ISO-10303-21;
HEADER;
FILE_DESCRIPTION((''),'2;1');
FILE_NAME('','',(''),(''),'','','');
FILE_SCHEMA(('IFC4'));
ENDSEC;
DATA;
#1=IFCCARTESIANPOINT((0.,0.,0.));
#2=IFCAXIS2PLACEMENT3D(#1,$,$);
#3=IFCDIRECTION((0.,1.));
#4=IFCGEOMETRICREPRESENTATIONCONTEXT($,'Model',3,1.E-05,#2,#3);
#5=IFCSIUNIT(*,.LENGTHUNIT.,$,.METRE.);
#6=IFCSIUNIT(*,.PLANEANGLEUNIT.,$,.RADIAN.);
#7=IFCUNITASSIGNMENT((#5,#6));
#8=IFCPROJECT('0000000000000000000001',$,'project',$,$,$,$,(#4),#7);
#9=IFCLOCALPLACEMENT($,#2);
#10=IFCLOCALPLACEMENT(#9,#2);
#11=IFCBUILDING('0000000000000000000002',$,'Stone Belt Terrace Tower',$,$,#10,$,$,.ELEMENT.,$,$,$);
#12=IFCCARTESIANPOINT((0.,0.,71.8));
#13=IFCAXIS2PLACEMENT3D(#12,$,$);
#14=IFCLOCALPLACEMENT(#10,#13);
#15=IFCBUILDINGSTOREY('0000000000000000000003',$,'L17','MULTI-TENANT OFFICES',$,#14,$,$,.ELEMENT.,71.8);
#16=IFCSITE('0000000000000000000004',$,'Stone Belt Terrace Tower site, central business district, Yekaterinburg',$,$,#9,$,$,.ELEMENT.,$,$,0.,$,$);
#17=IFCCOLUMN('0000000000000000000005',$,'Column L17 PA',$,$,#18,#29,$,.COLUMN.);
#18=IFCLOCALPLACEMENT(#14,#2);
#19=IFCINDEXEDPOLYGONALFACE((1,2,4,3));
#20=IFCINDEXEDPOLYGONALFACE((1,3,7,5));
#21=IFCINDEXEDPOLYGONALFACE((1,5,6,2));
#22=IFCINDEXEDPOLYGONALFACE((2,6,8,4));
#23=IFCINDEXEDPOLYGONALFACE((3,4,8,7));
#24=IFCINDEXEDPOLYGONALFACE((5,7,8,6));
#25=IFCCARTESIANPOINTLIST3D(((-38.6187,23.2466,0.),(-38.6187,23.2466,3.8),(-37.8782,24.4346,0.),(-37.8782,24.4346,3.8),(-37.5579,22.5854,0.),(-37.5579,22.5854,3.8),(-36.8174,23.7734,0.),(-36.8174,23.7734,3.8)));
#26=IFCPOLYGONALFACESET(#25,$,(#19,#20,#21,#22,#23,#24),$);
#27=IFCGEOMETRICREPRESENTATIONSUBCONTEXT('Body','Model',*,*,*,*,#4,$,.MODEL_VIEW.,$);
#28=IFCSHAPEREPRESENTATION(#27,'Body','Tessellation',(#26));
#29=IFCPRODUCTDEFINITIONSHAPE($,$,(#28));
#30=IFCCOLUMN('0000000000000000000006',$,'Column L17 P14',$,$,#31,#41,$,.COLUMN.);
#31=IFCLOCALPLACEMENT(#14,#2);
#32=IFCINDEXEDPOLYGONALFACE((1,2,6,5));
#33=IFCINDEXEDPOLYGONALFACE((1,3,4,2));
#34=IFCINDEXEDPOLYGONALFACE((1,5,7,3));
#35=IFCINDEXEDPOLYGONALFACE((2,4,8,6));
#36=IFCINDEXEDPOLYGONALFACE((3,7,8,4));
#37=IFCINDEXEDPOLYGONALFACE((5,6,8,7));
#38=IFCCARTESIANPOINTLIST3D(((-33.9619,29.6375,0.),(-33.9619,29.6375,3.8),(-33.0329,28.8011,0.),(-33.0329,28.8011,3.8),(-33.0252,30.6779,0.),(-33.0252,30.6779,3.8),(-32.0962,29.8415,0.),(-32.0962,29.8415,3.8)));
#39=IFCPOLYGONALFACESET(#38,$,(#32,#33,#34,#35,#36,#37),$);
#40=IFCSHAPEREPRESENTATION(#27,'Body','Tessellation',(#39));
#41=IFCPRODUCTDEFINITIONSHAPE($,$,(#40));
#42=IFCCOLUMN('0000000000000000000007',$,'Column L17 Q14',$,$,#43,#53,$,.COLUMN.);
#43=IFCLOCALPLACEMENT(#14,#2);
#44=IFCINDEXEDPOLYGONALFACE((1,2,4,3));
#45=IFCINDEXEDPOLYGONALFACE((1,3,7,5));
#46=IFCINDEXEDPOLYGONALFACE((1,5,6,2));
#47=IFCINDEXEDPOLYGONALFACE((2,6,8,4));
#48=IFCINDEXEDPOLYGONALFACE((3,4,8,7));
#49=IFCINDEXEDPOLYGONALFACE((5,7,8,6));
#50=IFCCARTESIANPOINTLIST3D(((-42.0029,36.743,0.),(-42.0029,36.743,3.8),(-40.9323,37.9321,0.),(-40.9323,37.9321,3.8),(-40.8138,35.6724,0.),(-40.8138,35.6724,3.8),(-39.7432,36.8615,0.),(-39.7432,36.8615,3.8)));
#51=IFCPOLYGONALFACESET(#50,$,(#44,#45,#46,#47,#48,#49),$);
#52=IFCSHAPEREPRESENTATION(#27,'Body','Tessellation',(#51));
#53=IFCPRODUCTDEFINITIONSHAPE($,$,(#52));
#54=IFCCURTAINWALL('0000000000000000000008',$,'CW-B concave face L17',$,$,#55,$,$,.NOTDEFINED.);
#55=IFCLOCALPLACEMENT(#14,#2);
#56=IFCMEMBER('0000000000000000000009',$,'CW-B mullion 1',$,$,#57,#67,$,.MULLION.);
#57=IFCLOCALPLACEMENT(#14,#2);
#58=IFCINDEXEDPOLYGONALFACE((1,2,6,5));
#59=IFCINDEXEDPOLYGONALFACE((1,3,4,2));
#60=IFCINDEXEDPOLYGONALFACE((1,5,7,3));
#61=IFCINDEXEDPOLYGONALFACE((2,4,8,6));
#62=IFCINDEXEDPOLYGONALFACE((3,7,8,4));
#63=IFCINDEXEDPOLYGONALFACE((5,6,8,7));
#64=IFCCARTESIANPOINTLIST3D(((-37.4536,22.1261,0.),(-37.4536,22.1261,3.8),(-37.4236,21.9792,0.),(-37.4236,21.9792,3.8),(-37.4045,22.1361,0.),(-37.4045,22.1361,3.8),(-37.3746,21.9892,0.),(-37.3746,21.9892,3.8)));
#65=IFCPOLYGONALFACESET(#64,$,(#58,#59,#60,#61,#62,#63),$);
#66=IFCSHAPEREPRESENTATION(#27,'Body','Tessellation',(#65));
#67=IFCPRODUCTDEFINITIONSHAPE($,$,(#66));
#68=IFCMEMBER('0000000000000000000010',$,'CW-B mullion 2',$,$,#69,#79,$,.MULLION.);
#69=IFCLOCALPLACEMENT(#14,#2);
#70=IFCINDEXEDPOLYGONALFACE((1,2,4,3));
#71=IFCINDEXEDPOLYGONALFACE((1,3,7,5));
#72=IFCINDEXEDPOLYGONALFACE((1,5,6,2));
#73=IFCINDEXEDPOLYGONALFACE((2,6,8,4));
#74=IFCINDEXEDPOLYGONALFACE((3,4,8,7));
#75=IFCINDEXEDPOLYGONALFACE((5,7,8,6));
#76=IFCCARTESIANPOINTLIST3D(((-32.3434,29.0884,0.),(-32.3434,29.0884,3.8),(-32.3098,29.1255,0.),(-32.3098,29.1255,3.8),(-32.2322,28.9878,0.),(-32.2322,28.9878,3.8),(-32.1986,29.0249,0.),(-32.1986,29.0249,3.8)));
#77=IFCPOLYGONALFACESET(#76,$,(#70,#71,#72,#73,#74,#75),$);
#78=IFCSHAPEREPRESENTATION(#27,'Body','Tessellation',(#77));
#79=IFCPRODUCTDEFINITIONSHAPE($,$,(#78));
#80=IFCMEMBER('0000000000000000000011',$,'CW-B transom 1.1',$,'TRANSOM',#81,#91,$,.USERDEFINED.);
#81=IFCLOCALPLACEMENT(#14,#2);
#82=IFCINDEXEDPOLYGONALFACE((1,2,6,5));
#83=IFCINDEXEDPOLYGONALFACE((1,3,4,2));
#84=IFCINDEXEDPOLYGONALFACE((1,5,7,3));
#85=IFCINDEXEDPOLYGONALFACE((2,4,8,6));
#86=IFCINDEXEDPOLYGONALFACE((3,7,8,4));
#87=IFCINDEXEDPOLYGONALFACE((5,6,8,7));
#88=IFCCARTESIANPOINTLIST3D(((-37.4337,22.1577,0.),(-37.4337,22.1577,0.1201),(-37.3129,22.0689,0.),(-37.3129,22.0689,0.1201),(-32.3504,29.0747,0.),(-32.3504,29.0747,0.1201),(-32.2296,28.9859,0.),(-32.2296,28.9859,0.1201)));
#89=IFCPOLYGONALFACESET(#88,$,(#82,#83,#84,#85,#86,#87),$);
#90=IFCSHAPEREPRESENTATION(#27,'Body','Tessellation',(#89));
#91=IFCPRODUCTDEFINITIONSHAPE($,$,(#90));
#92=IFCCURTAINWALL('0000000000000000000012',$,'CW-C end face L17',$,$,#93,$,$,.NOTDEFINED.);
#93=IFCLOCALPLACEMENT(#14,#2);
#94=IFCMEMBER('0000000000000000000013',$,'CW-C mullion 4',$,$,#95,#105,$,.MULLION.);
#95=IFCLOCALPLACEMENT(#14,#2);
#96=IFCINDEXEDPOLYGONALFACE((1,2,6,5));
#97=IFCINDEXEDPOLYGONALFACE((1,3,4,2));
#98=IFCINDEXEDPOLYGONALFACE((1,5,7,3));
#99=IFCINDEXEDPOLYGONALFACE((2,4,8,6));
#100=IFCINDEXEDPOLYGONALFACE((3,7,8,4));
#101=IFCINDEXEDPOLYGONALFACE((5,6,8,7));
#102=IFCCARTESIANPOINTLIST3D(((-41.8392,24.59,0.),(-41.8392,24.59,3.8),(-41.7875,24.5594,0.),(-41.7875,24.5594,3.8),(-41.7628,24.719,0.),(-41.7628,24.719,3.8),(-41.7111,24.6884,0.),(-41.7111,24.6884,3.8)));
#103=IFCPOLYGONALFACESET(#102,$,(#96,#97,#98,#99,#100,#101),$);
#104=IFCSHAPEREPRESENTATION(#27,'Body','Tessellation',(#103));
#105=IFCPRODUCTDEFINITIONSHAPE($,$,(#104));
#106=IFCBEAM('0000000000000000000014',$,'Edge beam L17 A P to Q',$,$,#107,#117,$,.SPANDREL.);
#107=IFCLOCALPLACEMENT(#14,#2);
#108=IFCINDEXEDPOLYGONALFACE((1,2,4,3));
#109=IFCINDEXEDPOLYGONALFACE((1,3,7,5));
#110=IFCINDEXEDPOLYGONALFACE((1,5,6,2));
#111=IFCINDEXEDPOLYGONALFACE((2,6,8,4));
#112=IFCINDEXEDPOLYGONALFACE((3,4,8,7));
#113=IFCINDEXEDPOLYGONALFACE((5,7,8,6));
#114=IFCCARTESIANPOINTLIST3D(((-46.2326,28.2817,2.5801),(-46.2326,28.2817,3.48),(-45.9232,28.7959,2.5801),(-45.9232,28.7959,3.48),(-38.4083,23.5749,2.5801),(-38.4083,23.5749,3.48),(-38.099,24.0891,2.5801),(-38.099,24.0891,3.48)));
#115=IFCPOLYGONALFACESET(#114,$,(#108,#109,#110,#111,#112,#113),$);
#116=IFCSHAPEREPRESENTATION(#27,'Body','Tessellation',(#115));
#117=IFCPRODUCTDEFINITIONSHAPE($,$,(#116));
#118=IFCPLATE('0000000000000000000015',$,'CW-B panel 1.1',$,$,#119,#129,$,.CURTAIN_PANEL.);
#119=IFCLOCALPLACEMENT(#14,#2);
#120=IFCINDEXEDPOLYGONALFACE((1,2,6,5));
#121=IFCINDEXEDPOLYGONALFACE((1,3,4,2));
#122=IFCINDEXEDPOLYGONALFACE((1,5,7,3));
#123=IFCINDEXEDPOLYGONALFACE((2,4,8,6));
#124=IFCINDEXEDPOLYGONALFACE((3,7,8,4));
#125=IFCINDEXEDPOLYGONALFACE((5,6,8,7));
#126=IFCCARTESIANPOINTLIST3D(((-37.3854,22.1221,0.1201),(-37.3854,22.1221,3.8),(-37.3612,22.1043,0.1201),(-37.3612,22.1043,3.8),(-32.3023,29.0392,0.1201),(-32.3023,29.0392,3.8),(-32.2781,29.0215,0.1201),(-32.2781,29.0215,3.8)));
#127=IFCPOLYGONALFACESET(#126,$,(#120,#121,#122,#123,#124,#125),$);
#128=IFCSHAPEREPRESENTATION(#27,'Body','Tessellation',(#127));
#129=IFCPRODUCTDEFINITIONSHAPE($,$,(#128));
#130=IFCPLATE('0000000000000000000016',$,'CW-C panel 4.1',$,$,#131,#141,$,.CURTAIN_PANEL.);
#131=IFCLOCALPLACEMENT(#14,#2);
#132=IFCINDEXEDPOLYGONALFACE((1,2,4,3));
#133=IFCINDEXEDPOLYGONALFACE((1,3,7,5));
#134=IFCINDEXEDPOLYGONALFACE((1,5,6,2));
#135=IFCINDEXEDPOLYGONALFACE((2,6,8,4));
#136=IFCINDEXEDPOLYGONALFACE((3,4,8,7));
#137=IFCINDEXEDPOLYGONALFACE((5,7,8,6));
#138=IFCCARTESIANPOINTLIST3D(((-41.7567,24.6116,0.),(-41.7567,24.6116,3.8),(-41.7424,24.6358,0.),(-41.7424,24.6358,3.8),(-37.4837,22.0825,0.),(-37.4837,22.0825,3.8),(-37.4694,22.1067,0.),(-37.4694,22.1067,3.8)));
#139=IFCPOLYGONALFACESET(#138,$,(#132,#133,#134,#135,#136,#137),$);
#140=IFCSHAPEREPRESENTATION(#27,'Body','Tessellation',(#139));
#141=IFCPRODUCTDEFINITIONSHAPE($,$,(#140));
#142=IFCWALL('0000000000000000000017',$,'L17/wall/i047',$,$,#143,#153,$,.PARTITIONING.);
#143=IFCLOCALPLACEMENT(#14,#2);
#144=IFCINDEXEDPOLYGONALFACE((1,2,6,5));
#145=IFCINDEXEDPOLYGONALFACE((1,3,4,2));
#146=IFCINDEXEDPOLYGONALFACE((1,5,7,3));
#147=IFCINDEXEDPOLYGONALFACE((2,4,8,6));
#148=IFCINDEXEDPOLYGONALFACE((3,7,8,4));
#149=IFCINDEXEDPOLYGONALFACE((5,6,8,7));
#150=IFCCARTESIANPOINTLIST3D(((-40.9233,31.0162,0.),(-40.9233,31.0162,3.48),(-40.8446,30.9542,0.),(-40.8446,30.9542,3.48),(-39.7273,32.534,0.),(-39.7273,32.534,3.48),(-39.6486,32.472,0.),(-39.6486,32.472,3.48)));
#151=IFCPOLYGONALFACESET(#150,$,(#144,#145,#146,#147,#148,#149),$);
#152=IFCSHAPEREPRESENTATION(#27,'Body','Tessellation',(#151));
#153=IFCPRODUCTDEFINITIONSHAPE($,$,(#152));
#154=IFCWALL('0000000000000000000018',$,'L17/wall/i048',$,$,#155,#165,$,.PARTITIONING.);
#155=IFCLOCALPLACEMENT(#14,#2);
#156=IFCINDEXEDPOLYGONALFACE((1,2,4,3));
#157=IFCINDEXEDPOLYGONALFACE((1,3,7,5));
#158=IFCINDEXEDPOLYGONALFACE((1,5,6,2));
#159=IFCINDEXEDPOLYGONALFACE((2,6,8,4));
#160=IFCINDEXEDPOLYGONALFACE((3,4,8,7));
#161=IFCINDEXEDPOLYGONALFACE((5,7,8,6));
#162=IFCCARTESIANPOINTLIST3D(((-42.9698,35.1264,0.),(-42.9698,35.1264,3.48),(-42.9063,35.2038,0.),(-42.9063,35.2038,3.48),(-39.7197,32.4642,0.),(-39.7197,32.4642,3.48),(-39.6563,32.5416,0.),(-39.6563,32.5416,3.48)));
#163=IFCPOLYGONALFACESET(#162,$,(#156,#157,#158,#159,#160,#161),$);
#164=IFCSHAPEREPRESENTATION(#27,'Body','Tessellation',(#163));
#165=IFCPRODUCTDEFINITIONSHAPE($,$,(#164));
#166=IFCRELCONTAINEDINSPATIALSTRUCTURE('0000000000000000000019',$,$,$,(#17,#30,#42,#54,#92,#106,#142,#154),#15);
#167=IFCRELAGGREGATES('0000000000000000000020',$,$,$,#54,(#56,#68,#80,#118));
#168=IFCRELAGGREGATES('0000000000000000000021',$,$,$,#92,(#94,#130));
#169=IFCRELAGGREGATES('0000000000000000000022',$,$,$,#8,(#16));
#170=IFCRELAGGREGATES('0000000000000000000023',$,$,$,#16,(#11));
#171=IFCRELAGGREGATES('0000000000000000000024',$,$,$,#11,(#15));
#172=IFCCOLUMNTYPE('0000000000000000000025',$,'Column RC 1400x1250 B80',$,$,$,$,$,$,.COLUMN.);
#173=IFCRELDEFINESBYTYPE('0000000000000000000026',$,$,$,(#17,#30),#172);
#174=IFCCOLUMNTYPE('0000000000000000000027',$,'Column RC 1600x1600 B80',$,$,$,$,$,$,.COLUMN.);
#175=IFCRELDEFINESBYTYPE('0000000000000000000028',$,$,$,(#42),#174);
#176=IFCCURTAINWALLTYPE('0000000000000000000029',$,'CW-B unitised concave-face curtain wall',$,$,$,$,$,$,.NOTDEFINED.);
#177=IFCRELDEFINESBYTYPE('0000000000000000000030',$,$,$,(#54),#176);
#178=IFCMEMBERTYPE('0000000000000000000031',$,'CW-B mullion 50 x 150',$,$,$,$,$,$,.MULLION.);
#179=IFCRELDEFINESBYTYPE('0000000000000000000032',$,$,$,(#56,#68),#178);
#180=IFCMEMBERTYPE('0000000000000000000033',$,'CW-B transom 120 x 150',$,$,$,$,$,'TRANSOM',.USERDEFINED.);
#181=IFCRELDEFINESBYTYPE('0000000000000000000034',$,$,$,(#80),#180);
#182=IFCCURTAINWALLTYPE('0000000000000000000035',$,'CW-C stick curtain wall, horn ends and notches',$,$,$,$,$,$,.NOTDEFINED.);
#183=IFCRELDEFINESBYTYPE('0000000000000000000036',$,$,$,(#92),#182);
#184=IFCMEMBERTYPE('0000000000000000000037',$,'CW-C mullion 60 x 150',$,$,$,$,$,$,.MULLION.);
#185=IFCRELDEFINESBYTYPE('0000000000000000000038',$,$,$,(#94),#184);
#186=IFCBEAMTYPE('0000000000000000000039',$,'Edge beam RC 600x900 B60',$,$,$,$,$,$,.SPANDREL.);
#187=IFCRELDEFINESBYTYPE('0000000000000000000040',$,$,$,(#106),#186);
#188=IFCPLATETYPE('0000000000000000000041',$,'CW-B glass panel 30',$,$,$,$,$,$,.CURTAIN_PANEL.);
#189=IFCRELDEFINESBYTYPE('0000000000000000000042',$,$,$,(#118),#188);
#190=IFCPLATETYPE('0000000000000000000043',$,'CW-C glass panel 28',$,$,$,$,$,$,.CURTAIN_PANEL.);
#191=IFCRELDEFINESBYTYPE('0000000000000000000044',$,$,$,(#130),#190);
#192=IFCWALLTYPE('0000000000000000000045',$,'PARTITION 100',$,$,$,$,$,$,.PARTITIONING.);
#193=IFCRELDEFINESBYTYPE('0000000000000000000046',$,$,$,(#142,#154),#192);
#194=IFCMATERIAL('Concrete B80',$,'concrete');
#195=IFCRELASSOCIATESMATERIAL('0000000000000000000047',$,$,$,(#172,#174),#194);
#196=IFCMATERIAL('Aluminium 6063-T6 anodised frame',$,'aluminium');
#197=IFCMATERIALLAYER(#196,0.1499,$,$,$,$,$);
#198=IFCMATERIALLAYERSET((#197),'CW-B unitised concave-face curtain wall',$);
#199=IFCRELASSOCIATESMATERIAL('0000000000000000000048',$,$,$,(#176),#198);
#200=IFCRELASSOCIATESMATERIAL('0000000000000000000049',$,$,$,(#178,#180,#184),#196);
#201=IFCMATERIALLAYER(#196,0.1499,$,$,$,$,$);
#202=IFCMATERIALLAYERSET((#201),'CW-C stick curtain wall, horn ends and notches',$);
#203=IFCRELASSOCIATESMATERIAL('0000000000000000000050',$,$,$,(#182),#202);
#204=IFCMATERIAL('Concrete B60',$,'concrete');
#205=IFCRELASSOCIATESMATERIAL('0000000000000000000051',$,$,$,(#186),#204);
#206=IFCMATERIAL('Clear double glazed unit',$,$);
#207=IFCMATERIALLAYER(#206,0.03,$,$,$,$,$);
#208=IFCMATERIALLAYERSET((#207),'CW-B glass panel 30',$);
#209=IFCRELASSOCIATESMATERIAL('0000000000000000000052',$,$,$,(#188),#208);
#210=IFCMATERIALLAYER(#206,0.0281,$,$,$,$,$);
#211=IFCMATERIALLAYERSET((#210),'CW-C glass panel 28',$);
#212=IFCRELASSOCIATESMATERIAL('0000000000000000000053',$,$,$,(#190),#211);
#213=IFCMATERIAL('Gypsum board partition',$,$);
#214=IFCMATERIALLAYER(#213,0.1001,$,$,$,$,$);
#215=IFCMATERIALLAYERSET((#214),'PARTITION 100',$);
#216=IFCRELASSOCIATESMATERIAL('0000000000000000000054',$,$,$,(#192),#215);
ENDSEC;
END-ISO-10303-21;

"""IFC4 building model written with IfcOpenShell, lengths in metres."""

from ifc_helpers import new_model, si_unit, direction, frame, frame_2d, origin, origin_2d, place, context, subcontext, project, spatial, rectangle, extrude, material, layer, layer_set, material_profile, profile_set, type_object, element, aggregate, save


model = new_model("IFC4")

# Units and contexts
model_context = context("Model", 3, precision=1e-05, world=origin(), true_north=direction((0.0, 1.0)))
body_context = subcontext(model_context, "Body", "Model", "MODEL_VIEW")
ifc_project = project(units=[si_unit("LENGTHUNIT", "METRE"), si_unit("PLANEANGLEUNIT", "RADIAN")], contexts=[model_context])

# Site, building, storey
site_placement = place(None, origin())
site = spatial("IfcSite", under=ifc_project, at=site_placement, Name="Stone Belt Terrace Tower site, central business district, Yekaterinburg", CompositionType="ELEMENT", RefElevation=0.0)
building_placement = place(site_placement, origin())
building = spatial("IfcBuilding", under=site, at=building_placement, Name="Stone Belt Terrace Tower", CompositionType="ELEMENT")
storey_placement = place(building_placement, frame((0.0, 0.0, 71.8)))
storey = spatial("IfcBuildingStorey", under=building, at=storey_placement, Name="L17", Description="MULTI-TENANT OFFICES", CompositionType="ELEMENT", Elevation=71.8)

# Columns
ifc_material_1 = material(Name="Concrete B80", Category="concrete")
ifc_material_profile_1 = material_profile(ifc_material_1, rectangle(XDim=1.3999, YDim=1.25, at=origin_2d()), Name="RC 1400x1250")
ifc_profile_set_1 = profile_set([ifc_material_profile_1], Name="Concrete B80")
column_type_1 = type_object("IfcColumnType", Name="Column RC 1400x1250 B80", PredefinedType="COLUMN", material=ifc_profile_set_1)
for number, where, z_axis, x_axis, name in (
    (1, (-37.718, 23.51, 0.0), (0.0, 0.0, 1.0), (0.528967, 0.848642, 0.0), "Column L17 PA"),
    (2, (-33.0291, 29.7395, 0.0), (0.0, 0.0, 1.0), (0.669131, 0.743145, 0.0), "Column L17 P14"),
):
    element("IfcColumn", number, at=place(storey_placement, frame(where, z_axis=z_axis, x_axis=x_axis)), inside=storey, type_object=column_type_1, Name=name, PredefinedType="COLUMN", context=body_context, shape_type="SweptSolid", body=[
        extrude(rectangle(XDim=1.3999, YDim=1.25, at=origin_2d()), origin(), (0.0, 0.0, 1.0), 3.8),
    ])
ifc_material_profile_2 = material_profile(ifc_material_1, rectangle(XDim=1.6001, YDim=1.6001, at=origin_2d()), Name="RC 1600x1600")
ifc_profile_set_2 = profile_set([ifc_material_profile_2], Name="Concrete B80")
column_type_2 = type_object("IfcColumnType", Name="Column RC 1600x1600 B80", PredefinedType="COLUMN", material=ifc_profile_set_2)
column_placement = place(storey_placement, frame((-40.873, 36.8022, 0.0), z_axis=(0.0, 0.0, 1.0), x_axis=(0.669131, 0.743145, 0.0)))
element("IfcColumn", 3, at=column_placement, inside=storey, type_object=column_type_2, Name="Column L17 Q14", PredefinedType="COLUMN", context=body_context, shape_type="SweptSolid", body=[
    extrude(rectangle(XDim=1.6001, YDim=1.6001, at=origin_2d()), origin(), (0.0, 0.0, 1.0), 3.8),
])

# Curtain wall, members
ifc_material_2 = material(Name="Aluminium 6063-T6 anodised frame", Category="aluminium")
ifc_layer_1 = layer(ifc_material_2, 0.1499)
ifc_layer_set_1 = layer_set([ifc_layer_1], Name="CW-B unitised concave-face curtain wall")
curtain_wall_type_1 = type_object("IfcCurtainWallType", Name="CW-B unitised concave-face curtain wall", PredefinedType="NOTDEFINED", material=ifc_layer_set_1)
curtain_wall_1_placement = place(storey_placement, origin())
curtain_wall_1 = element("IfcCurtainWall", 4, at=curtain_wall_1_placement, inside=storey, type_object=curtain_wall_type_1, Name="CW-B concave face L17", PredefinedType="NOTDEFINED")
ifc_material_profile_3 = material_profile(ifc_material_2, rectangle(XDim=0.1499, YDim=0.05, at=origin_2d()), Name="Aluminium 6063-T6 50x150")
ifc_profile_set_3 = profile_set([ifc_material_profile_3], Name="Aluminium 6063-T6 anodised frame")
member_type_1 = type_object("IfcMemberType", Name="CW-B mullion 50 x 150", PredefinedType="MULLION", material=ifc_profile_set_3)
member_1_placement = place(storey_placement, frame((-37.4141, 22.0576, 0.0), z_axis=(0.0, 0.0, 1.0), x_axis=(-0.199957, 0.979805, 0.0)))
member_1 = element("IfcMember", 5, at=member_1_placement, type_object=member_type_1, Name="CW-B mullion 1", PredefinedType="MULLION", context=body_context, shape_type="SweptSolid", body=[
    extrude(rectangle(XDim=0.1499, YDim=0.05, at=origin_2d()), origin(), (0.0, 0.0, 1.0), 3.8),
])
member_2_placement = place(storey_placement, frame((-32.271, 29.0566, 0.0), z_axis=(0.0, 0.0, 1.0), x_axis=(-0.74133, 0.671141, 0.0)))
member_2 = element("IfcMember", 6, at=member_2_placement, type_object=member_type_1, Name="CW-B mullion 2", PredefinedType="MULLION", context=body_context, shape_type="SweptSolid", body=[
    extrude(rectangle(XDim=0.1499, YDim=0.05, at=origin_2d()), origin(), (0.0, 0.0, 1.0), 3.8),
])
ifc_material_profile_4 = material_profile(ifc_material_2, rectangle(XDim=0.1499, YDim=0.1201, at=origin_2d()), Name="Aluminium 6063-T6 150x120")
ifc_profile_set_4 = profile_set([ifc_material_profile_4], Name="Aluminium 6063-T6 anodised frame")
member_type_2 = type_object("IfcMemberType", Name="CW-B transom 120 x 150", ElementType="TRANSOM", PredefinedType="USERDEFINED", material=ifc_profile_set_4)
member_3_placement = place(storey_placement, frame((-37.3733, 22.1133, 0.0601), z_axis=(0.592181, 0.805805, 0.0), x_axis=(-0.805805, 0.592181, 0.0)))
member_3 = element("IfcMember", 7, at=member_3_placement, type_object=member_type_2, Name="CW-B transom 1.1", ObjectType="TRANSOM", PredefinedType="USERDEFINED", context=body_context, shape_type="SweptSolid", body=[
    extrude(rectangle(XDim=0.1499, YDim=0.1201, at=origin_2d()), origin(), (0.0, 0.0, 1.0), 8.584),
])

# Curtain wall, member
ifc_layer_2 = layer(ifc_material_2, 0.1499)
ifc_layer_set_2 = layer_set([ifc_layer_2], Name="CW-C stick curtain wall, horn ends and notches")
curtain_wall_type_2 = type_object("IfcCurtainWallType", Name="CW-C stick curtain wall, horn ends and notches", PredefinedType="NOTDEFINED", material=ifc_layer_set_2)
curtain_wall_2_placement = place(storey_placement, origin())
curtain_wall_2 = element("IfcCurtainWall", 8, at=curtain_wall_2_placement, inside=storey, type_object=curtain_wall_type_2, Name="CW-C end face L17", PredefinedType="NOTDEFINED")
ifc_material_profile_5 = material_profile(ifc_material_2, rectangle(XDim=0.1499, YDim=0.0601, at=origin_2d()), Name="Aluminium 6063-T6 60x150")
ifc_profile_set_5 = profile_set([ifc_material_profile_5], Name="Aluminium 6063-T6 anodised frame")
member_type_3 = type_object("IfcMemberType", Name="CW-C mullion 60 x 150", PredefinedType="MULLION", material=ifc_profile_set_5)
member_4_placement = place(storey_placement, frame((-41.7751, 24.6392, 0.0), z_axis=(0.0, 0.0, 1.0), x_axis=(0.509353, 0.860558, 0.0)))
member_4 = element("IfcMember", 9, at=member_4_placement, type_object=member_type_3, Name="CW-C mullion 4", PredefinedType="MULLION", context=body_context, shape_type="SweptSolid", body=[
    extrude(rectangle(XDim=0.1499, YDim=0.0601, at=origin_2d()), origin(), (0.0, 0.0, 1.0), 3.8),
])

# Beam
ifc_material_3 = material(Name="Concrete B60", Category="concrete")
ifc_material_profile_6 = material_profile(ifc_material_3, rectangle(XDim=0.6001, YDim=0.8999, at=origin_2d()), Name="RC 600x900")
ifc_profile_set_6 = profile_set([ifc_material_profile_6], Name="Concrete B60")
beam_type = type_object("IfcBeamType", Name="Edge beam RC 600x900 B60", PredefinedType="SPANDREL", material=ifc_profile_set_6)
beam_placement = place(storey_placement, frame((-38.2537, 23.832, 3.03), z_axis=(-0.8569, 0.515482, 0.0), x_axis=(-0.515482, -0.8569, 0.0)))
element("IfcBeam", 10, at=beam_placement, inside=storey, type_object=beam_type, Name="Edge beam L17 A P to Q", PredefinedType="SPANDREL", context=body_context, shape_type="SweptSolid", body=[
    extrude(rectangle(XDim=0.6001, YDim=0.8999, at=origin_2d()), origin(), (0.0, 0.0, 1.0), 9.1309),
])

# Plates
ifc_material_4 = material(Name="Clear double glazed unit")
ifc_layer_3 = layer(ifc_material_4, 0.03)
ifc_layer_set_3 = layer_set([ifc_layer_3], Name="CW-B glass panel 30")
plate_type_1 = type_object("IfcPlateType", Name="CW-B glass panel 30", PredefinedType="CURTAIN_PANEL", material=ifc_layer_set_3)
plate_1_placement = place(storey_placement, frame((-34.8318, 25.5718, 0.1201), z_axis=(0.0, 0.0, 1.0), x_axis=(0.592159, 0.805821, 0.0)))
plate_1 = element("IfcPlate", 11, at=plate_1_placement, type_object=plate_type_1, Name="CW-B panel 1.1", PredefinedType="CURTAIN_PANEL", context=body_context, shape_type="SweptSolid", body=[
    extrude(rectangle(XDim=8.584, YDim=0.03, at=origin_2d()), origin(), (0.0, 0.0, 1.0), 3.6799),
])
aggregate(curtain_wall_1, [member_1, member_2, member_3, plate_1])
ifc_layer_4 = layer(ifc_material_4, 0.0281)
ifc_layer_set_4 = layer_set([ifc_layer_4], Name="CW-C glass panel 28")
plate_type_2 = type_object("IfcPlateType", Name="CW-C glass panel 28", PredefinedType="CURTAIN_PANEL", material=ifc_layer_set_4)
plate_2_placement = place(storey_placement, frame((-39.613, 23.3591, 0.0), z_axis=(0.0, 0.0, 1.0), x_axis=(0.860558, -0.509353, 0.0)))
plate_2 = element("IfcPlate", 12, at=plate_2_placement, type_object=plate_type_2, Name="CW-C panel 4.1", PredefinedType="CURTAIN_PANEL", context=body_context, shape_type="SweptSolid", body=[
    extrude(rectangle(XDim=4.9653, YDim=0.0281, at=origin_2d()), origin(), (0.0, 0.0, 1.0), 3.8),
])
aggregate(curtain_wall_2, [member_4, plate_2])

# Walls
ifc_material_5 = material(Name="Gypsum board partition")
ifc_layer_5 = layer(ifc_material_5, 0.1001)
ifc_layer_set_5 = layer_set([ifc_layer_5], Name="PARTITION 100")
wall_type_1 = type_object("IfcWallType", Name="PARTITION 100", PredefinedType="PARTITIONING", material=ifc_layer_set_5)
wall_1_placement = place(storey_placement, frame((-40.884, 30.9851, 0.0), z_axis=(0.0, 0.0, 1.0), x_axis=(0.618931, 0.785445, 0.0)))
element("IfcWall", 13, at=wall_1_placement, inside=storey, type_object=wall_type_1, Name="L17/wall/i047", PredefinedType="PARTITIONING", context=body_context, shape_type="SweptSolid", body=[
    extrude(rectangle(XDim=1.9324, YDim=0.1001, at=frame_2d((0.9663, 0.0))), origin(), (0.0, 0.0, 1.0), 3.48),
])
wall_2_placement = place(storey_placement, frame((-39.688, 32.5029, 0.0), z_axis=(0.0, 0.0, 1.0), x_axis=(-0.773605, 0.633668, 0.0)))
element("IfcWall", 14, at=wall_2_placement, inside=storey, type_object=wall_type_1, Name="L17/wall/i048", PredefinedType="PARTITIONING", context=body_context, shape_type="SweptSolid", body=[
    extrude(rectangle(XDim=4.2012, YDim=0.1001, at=frame_2d((2.1006, 0.0))), origin(), (0.0, 0.0, 1.0), 3.48),
])

save(model, "model.ifc")
